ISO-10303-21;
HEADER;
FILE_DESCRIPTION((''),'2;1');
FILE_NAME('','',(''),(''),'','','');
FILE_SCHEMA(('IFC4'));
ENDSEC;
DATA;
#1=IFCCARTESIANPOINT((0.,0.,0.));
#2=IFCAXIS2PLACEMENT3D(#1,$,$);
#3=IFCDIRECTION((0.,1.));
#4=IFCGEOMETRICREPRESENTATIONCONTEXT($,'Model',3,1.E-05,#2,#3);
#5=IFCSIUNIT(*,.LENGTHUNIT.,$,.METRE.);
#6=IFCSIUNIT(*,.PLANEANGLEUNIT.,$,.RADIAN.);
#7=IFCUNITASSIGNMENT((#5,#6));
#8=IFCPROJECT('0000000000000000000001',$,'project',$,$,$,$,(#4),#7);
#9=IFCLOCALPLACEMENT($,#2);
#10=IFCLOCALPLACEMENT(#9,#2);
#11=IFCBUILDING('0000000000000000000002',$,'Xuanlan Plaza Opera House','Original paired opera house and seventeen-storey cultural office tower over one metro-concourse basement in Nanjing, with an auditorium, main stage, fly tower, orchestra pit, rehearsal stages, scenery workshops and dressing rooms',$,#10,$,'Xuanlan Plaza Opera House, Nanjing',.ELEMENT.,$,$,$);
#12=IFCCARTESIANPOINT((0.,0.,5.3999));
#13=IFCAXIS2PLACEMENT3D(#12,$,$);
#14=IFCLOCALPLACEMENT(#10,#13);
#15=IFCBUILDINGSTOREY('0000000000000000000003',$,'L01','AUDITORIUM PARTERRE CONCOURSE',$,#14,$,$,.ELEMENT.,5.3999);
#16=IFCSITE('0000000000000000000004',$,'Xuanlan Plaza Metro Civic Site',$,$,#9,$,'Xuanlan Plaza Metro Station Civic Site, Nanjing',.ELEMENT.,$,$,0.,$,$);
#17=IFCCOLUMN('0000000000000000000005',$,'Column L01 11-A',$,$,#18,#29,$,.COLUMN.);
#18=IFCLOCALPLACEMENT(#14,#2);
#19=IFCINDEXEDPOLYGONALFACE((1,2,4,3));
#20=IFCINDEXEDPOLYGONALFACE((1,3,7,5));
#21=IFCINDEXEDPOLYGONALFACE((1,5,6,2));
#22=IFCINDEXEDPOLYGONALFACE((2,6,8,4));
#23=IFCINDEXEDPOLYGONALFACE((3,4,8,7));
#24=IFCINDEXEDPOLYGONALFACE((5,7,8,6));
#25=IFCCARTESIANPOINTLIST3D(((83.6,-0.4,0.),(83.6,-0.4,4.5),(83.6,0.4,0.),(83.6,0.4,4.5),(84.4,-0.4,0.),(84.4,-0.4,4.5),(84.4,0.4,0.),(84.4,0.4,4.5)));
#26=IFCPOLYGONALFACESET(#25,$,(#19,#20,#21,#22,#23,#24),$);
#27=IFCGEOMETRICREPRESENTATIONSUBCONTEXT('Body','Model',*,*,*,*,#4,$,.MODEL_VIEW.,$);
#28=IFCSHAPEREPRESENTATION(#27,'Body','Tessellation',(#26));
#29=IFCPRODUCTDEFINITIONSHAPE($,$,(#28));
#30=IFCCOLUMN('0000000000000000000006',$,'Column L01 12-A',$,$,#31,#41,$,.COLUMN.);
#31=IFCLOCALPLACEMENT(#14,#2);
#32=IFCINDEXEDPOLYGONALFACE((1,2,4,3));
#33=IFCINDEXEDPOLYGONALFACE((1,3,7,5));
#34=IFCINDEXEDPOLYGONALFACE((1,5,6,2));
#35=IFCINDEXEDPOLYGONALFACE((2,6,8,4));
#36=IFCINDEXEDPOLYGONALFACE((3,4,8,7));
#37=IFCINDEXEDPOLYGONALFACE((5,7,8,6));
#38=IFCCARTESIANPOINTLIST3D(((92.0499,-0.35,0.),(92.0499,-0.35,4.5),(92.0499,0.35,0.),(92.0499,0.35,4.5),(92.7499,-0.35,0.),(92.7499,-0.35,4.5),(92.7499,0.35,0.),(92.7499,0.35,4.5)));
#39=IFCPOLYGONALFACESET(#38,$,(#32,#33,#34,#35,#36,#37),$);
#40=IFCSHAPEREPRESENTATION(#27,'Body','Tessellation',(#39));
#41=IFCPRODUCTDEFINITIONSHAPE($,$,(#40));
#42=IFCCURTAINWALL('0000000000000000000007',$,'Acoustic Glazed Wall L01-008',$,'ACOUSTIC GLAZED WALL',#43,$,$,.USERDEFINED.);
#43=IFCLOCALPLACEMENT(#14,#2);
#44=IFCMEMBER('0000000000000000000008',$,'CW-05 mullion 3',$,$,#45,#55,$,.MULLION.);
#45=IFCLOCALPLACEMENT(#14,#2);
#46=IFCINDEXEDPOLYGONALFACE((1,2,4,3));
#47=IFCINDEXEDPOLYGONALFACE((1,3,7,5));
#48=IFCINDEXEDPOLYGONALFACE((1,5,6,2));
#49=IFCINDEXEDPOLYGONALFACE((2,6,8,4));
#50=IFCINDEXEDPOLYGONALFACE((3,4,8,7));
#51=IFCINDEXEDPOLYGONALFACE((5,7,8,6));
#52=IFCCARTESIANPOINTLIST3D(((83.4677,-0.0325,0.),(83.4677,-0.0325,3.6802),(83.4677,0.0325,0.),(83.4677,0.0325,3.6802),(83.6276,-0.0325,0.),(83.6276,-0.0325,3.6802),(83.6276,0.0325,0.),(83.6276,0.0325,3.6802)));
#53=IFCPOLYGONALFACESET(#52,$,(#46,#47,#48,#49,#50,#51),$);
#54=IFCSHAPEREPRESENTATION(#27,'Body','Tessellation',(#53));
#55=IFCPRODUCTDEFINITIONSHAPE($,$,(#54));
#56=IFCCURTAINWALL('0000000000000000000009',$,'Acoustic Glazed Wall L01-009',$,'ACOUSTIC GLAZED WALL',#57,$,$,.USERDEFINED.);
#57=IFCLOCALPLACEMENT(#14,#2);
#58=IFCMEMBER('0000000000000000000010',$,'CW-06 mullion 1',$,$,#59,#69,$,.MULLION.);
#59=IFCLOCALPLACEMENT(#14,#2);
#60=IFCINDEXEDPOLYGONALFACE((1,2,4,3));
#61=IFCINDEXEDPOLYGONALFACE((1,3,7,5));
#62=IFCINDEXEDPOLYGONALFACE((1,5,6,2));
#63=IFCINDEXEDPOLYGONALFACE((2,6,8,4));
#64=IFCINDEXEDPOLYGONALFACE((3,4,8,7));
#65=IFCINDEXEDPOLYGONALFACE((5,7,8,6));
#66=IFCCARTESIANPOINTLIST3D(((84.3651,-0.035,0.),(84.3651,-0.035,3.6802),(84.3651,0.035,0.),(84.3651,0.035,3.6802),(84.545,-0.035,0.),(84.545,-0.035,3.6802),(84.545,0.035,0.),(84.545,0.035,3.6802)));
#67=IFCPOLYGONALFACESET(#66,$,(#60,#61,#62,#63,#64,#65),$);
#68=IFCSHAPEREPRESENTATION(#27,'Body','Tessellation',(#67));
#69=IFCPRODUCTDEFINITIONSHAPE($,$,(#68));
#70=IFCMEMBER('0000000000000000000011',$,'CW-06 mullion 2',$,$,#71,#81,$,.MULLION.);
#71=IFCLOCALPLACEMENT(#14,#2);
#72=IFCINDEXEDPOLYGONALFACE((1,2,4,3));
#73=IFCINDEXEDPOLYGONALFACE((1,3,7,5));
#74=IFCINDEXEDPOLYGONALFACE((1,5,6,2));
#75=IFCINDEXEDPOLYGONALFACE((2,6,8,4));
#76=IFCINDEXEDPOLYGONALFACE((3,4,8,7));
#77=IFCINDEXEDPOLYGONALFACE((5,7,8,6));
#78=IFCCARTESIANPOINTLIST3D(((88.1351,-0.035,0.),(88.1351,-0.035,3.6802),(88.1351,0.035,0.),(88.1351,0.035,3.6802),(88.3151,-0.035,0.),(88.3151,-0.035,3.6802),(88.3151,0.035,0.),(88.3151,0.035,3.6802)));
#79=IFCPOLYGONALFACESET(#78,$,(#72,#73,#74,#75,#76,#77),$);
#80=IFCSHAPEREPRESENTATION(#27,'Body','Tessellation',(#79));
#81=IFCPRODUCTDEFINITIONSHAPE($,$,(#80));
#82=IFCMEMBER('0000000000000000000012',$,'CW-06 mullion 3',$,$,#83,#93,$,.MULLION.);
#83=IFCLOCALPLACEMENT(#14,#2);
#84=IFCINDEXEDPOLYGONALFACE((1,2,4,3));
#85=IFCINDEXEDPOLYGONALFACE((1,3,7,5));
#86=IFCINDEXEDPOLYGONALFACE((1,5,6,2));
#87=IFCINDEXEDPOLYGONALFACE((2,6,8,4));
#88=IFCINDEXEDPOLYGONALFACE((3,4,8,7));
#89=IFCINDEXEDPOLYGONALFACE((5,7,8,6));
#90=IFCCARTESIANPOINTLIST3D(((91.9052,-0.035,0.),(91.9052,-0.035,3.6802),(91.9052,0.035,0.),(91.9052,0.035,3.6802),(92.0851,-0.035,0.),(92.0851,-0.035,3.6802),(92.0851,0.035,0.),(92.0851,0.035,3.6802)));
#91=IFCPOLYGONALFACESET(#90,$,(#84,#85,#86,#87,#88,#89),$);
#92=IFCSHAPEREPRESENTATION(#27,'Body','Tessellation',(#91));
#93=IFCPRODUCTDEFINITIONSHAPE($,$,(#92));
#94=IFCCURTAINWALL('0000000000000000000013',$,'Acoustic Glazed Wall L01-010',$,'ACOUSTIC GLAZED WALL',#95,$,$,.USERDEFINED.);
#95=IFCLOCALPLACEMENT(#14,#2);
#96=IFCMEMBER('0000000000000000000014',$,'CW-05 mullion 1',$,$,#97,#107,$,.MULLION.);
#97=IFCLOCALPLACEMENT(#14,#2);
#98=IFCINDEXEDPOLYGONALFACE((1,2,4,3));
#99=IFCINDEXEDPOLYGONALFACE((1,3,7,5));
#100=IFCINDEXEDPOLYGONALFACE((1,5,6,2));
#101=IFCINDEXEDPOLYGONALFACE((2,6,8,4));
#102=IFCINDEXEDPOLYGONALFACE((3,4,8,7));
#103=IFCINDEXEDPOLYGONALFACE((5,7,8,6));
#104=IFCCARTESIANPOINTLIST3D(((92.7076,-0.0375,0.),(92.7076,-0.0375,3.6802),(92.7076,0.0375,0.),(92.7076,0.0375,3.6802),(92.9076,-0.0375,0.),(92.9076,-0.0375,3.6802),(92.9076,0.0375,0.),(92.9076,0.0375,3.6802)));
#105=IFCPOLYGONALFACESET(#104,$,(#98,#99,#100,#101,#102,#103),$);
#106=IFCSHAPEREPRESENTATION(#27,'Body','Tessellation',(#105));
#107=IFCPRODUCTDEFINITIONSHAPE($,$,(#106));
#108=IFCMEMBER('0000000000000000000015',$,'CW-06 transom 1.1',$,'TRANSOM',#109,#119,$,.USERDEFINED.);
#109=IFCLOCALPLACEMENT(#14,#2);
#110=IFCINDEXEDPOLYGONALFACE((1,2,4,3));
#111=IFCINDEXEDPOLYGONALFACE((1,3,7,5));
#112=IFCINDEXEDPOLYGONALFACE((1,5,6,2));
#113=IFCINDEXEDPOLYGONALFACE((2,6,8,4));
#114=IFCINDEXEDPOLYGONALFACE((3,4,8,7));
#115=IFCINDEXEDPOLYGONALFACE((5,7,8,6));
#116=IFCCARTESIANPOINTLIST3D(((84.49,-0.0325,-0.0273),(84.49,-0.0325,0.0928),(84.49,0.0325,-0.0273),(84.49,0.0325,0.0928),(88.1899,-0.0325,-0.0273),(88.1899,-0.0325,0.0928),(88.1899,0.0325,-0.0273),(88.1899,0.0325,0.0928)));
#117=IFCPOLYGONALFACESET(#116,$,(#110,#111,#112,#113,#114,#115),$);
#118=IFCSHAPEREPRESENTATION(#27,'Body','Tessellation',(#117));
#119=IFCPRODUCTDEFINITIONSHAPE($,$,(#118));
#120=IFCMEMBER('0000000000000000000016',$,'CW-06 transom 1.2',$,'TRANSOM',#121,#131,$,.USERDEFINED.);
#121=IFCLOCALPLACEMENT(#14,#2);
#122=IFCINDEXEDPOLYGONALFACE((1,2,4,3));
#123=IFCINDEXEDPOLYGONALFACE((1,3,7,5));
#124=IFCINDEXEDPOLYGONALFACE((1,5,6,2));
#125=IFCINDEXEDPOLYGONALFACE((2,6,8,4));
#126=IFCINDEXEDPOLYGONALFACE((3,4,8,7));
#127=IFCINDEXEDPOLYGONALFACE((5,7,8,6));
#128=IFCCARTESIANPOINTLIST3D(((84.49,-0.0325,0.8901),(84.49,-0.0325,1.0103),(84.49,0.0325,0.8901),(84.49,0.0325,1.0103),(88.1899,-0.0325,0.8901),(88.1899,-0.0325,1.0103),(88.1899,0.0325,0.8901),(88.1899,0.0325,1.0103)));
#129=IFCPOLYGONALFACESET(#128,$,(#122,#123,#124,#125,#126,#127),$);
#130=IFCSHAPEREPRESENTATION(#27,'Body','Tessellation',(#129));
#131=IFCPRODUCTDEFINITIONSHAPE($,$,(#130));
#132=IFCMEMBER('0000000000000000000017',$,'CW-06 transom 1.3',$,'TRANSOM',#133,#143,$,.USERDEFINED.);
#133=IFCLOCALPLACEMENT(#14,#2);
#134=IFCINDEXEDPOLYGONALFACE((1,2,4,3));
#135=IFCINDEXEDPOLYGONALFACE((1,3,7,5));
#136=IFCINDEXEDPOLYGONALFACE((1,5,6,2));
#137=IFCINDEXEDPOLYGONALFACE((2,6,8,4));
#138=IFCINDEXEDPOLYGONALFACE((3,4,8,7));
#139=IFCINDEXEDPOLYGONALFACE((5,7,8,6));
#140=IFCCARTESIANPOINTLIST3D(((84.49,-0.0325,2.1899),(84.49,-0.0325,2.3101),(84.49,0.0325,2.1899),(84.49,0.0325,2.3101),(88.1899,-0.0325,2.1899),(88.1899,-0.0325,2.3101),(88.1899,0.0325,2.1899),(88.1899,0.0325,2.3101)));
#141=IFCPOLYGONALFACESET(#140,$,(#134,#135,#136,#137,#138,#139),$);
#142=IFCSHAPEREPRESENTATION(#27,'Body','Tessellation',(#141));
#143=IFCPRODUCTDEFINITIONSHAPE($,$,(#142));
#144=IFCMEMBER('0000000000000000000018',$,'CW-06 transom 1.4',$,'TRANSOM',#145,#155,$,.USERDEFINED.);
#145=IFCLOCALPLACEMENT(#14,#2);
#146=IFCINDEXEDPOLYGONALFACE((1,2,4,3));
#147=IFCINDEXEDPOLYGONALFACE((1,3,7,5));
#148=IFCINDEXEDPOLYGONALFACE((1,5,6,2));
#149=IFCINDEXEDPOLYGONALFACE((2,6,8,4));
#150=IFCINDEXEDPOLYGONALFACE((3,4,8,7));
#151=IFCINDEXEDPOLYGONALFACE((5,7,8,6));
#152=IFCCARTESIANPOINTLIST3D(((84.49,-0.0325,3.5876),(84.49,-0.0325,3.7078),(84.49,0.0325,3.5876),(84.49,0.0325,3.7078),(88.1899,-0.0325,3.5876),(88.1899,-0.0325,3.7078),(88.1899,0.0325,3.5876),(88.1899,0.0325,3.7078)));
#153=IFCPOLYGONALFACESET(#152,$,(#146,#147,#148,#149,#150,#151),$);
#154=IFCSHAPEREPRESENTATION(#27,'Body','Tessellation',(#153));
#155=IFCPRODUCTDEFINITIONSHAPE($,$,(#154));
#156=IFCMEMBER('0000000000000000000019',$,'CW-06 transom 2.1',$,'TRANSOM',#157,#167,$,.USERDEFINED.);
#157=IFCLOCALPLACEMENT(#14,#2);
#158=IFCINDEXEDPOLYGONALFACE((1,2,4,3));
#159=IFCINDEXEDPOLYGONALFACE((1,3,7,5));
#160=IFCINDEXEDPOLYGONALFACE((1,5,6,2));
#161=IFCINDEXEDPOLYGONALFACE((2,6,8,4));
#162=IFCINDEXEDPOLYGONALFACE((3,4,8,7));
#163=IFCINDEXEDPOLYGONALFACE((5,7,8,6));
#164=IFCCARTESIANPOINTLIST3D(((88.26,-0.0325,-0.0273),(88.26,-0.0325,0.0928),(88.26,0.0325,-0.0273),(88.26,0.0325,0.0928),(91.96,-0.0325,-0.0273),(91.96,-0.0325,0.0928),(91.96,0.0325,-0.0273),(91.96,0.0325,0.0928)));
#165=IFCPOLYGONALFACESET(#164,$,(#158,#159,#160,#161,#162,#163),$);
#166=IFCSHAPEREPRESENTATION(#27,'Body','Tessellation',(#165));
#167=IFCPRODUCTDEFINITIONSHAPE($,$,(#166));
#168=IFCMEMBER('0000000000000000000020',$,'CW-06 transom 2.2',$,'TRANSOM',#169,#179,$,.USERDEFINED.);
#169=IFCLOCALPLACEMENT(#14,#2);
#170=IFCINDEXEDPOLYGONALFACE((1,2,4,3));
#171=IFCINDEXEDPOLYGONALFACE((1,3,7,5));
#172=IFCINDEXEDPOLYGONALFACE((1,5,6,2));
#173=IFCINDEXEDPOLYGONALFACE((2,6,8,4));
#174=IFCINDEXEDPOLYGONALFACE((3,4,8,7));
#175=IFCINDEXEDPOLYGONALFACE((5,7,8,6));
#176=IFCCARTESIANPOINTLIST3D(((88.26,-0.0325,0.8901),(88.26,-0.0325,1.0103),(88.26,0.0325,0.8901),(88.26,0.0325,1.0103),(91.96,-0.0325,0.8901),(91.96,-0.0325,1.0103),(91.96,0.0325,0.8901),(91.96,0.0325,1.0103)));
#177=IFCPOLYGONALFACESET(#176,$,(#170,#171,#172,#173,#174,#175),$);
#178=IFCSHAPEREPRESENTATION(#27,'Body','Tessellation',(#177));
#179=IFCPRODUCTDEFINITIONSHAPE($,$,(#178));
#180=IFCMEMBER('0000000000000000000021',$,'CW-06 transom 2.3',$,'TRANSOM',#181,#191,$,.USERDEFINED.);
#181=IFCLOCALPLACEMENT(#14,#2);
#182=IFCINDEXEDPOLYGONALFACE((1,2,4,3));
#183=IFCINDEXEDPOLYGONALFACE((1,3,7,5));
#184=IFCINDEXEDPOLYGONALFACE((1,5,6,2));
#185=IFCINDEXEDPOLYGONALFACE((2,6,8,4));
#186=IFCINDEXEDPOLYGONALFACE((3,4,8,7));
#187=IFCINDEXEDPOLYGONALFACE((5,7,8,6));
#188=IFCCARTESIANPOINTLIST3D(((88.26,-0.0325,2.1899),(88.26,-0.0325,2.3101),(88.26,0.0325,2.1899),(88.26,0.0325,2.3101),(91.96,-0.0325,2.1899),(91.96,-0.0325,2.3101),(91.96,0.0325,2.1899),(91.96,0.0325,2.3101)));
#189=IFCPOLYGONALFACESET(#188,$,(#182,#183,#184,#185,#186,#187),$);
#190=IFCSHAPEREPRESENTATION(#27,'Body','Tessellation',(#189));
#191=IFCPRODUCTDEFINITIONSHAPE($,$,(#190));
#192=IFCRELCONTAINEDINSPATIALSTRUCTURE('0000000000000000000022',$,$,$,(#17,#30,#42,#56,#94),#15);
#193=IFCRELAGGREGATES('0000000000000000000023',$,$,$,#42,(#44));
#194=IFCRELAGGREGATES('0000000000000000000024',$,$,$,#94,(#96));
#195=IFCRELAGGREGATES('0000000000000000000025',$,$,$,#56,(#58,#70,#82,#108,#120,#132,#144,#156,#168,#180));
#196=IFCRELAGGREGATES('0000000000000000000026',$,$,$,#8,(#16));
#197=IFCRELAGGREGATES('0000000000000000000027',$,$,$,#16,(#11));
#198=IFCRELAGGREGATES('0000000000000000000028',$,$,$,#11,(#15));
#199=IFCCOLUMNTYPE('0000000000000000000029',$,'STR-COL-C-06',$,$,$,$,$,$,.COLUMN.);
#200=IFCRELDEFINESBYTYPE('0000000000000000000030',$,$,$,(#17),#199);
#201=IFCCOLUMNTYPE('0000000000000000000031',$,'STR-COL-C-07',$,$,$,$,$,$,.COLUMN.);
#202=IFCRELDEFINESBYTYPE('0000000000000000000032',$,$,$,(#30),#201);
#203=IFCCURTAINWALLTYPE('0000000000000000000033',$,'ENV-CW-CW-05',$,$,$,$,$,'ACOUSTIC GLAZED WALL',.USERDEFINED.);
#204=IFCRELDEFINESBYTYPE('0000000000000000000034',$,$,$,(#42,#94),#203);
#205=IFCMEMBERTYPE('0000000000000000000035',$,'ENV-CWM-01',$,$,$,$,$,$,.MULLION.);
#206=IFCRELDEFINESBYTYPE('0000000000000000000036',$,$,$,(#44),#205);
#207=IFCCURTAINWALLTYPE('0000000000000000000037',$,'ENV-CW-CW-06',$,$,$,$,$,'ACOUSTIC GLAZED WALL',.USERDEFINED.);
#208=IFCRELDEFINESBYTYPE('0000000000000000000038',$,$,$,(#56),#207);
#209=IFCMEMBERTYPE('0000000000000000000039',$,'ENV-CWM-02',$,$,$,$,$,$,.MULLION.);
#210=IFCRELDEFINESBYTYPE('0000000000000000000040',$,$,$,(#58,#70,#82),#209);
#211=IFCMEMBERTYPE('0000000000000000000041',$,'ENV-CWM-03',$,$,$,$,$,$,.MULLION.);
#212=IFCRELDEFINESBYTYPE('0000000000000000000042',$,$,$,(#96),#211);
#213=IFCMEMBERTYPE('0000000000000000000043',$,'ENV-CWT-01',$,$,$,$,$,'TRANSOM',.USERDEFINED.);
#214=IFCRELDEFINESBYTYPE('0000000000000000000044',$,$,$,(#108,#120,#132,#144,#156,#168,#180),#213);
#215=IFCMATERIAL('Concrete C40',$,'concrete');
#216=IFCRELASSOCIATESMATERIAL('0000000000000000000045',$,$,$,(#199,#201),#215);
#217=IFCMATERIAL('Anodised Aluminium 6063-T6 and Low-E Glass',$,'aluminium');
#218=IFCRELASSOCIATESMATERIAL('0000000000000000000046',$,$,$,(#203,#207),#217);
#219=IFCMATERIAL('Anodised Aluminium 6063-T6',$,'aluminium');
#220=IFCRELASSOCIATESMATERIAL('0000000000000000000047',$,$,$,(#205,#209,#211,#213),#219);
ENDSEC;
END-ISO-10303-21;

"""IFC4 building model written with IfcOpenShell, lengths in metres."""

from ifc_helpers import new_model, si_unit, direction, frame, origin, origin_2d, place, context, subcontext, project, spatial, rectangle, extrude, material, material_profile, profile_set, type_object, element, aggregate, save


model = new_model("IFC4")

# Units and contexts
model_context = context("Model", 3, precision=1e-05, world=origin(), true_north=direction((0.0, 1.0)))
body_context = subcontext(model_context, "Body", "Model", "MODEL_VIEW")
ifc_project = project(units=[si_unit("LENGTHUNIT", "METRE"), si_unit("PLANEANGLEUNIT", "RADIAN")], contexts=[model_context])

# Site, building, storey
site_placement = place(None, origin())
site = spatial("IfcSite", under=ifc_project, at=site_placement, Name="Xuanlan Plaza Metro Civic Site", LongName="Xuanlan Plaza Metro Station Civic Site, Nanjing", CompositionType="ELEMENT", RefElevation=0.0)
building_placement = place(site_placement, origin())
building = spatial("IfcBuilding", under=site, at=building_placement, Name="Xuanlan Plaza Opera House", Description="Original paired opera house and seventeen-storey cultural office tower over one metro-concourse basement in Nanjing, with an auditorium, main stage, fly tower, orchestra pit, rehearsal stages, scenery workshops and dressing rooms", LongName="Xuanlan Plaza Opera House, Nanjing", CompositionType="ELEMENT")
storey_placement = place(building_placement, frame((0.0, 0.0, 5.3999)))
storey = spatial("IfcBuildingStorey", under=building, at=storey_placement, Name="L01", Description="AUDITORIUM PARTERRE CONCOURSE", CompositionType="ELEMENT", Elevation=5.3999)

# Columns
ifc_material_1 = material(Name="Concrete C40", Category="concrete")
ifc_material_profile_1 = material_profile(ifc_material_1, rectangle(XDim=0.8, YDim=0.8, at=origin_2d()), Name="RC-COL 800x800")
ifc_profile_set_1 = profile_set([ifc_material_profile_1], Name="Concrete C40")
column_type_1 = type_object("IfcColumnType", Name="STR-COL-C-06", PredefinedType="COLUMN", material=ifc_profile_set_1)
column_1_placement = place(storey_placement, frame((84.0, 0.0, 0.0), z_axis=(0.0, 0.0, 1.0), x_axis=(1.0, 0.0, 0.0)))
element("IfcColumn", 1, at=column_1_placement, inside=storey, type_object=column_type_1, Name="Column L01 11-A", PredefinedType="COLUMN", context=body_context, shape_type="SweptSolid", body=[
    extrude(rectangle(XDim=0.8, YDim=0.8, at=origin_2d()), origin(), (0.0, 0.0, 1.0), 4.5),
])
ifc_material_profile_2 = material_profile(ifc_material_1, rectangle(XDim=0.7, YDim=0.7, at=origin_2d()), Name="RC-COL 700x700")
ifc_profile_set_2 = profile_set([ifc_material_profile_2], Name="Concrete C40")
column_type_2 = type_object("IfcColumnType", Name="STR-COL-C-07", PredefinedType="COLUMN", material=ifc_profile_set_2)
column_2_placement = place(storey_placement, frame((92.3999, 0.0, 0.0), z_axis=(0.0, 0.0, 1.0), x_axis=(1.0, 0.0, 0.0)))
element("IfcColumn", 2, at=column_2_placement, inside=storey, type_object=column_type_2, Name="Column L01 12-A", PredefinedType="COLUMN", context=body_context, shape_type="SweptSolid", body=[
    extrude(rectangle(XDim=0.7, YDim=0.7, at=origin_2d()), origin(), (0.0, 0.0, 1.0), 4.5),
])

# Curtain wall, member
ifc_material_2 = material(Name="Anodised Aluminium 6063-T6 and Low-E Glass", Category="aluminium")
curtain_wall_type_1 = type_object("IfcCurtainWallType", Name="ENV-CW-CW-05", ElementType="ACOUSTIC GLAZED WALL", PredefinedType="USERDEFINED", material=ifc_material_2)
curtain_wall_1_placement = place(storey_placement, origin())
curtain_wall_1 = element("IfcCurtainWall", 3, at=curtain_wall_1_placement, inside=storey, type_object=curtain_wall_type_1, Name="Acoustic Glazed Wall L01-008", ObjectType="ACOUSTIC GLAZED WALL", PredefinedType="USERDEFINED")
ifc_material_3 = material(Name="Anodised Aluminium 6063-T6", Category="aluminium")
ifc_material_profile_3 = material_profile(ifc_material_3, rectangle(XDim=0.0649, YDim=0.1599, at=origin_2d()), Name="ALU-M 65x160")
ifc_profile_set_3 = profile_set([ifc_material_profile_3], Name="Anodised Aluminium 6063-T6")
member_type_1 = type_object("IfcMemberType", Name="ENV-CWM-01", PredefinedType="MULLION", material=ifc_profile_set_3)
member_1_placement = place(storey_placement, frame((83.5476, 0.0, 0.0), z_axis=(0.0, 0.0, 1.0), x_axis=(0.0, 1.0, 0.0)))
member_1 = element("IfcMember", 4, at=member_1_placement, type_object=member_type_1, Name="CW-05 mullion 3", PredefinedType="MULLION", context=body_context, shape_type="SweptSolid", body=[
    extrude(rectangle(XDim=0.0649, YDim=0.1599, at=origin_2d()), origin(), (0.0, 0.0, 1.0), 3.6802),
])
aggregate(curtain_wall_1, [member_1])

# Curtain wall, members
curtain_wall_type_2 = type_object("IfcCurtainWallType", Name="ENV-CW-CW-06", ElementType="ACOUSTIC GLAZED WALL", PredefinedType="USERDEFINED", material=ifc_material_2)
curtain_wall_2_placement = place(storey_placement, origin())
curtain_wall_2 = element("IfcCurtainWall", 5, at=curtain_wall_2_placement, inside=storey, type_object=curtain_wall_type_2, Name="Acoustic Glazed Wall L01-009", ObjectType="ACOUSTIC GLAZED WALL", PredefinedType="USERDEFINED")
ifc_material_profile_4 = material_profile(ifc_material_3, rectangle(XDim=0.0701, YDim=0.1799, at=origin_2d()), Name="ALU-M 70x180")
ifc_profile_set_4 = profile_set([ifc_material_profile_4], Name="Anodised Aluminium 6063-T6")
member_type_2 = type_object("IfcMemberType", Name="ENV-CWM-02", PredefinedType="MULLION", material=ifc_profile_set_4)
member_2_placement = place(storey_placement, frame((84.4551, 0.0, 0.0), z_axis=(0.0, 0.0, 1.0), x_axis=(0.0, 1.0, 0.0)))
member_2 = element("IfcMember", 6, at=member_2_placement, type_object=member_type_2, Name="CW-06 mullion 1", PredefinedType="MULLION", context=body_context, shape_type="SweptSolid", body=[
    extrude(rectangle(XDim=0.0701, YDim=0.1799, at=origin_2d()), origin(), (0.0, 0.0, 1.0), 3.6802),
])
member_3_placement = place(storey_placement, frame((88.2251, 0.0, 0.0), z_axis=(0.0, 0.0, 1.0), x_axis=(0.0, 1.0, 0.0)))
member_3 = element("IfcMember", 7, at=member_3_placement, type_object=member_type_2, Name="CW-06 mullion 2", PredefinedType="MULLION", context=body_context, shape_type="SweptSolid", body=[
    extrude(rectangle(XDim=0.0701, YDim=0.1799, at=origin_2d()), origin(), (0.0, 0.0, 1.0), 3.6802),
])
member_4_placement = place(storey_placement, frame((91.9951, 0.0, 0.0), z_axis=(0.0, 0.0, 1.0), x_axis=(0.0, 1.0, 0.0)))
member_4 = element("IfcMember", 8, at=member_4_placement, type_object=member_type_2, Name="CW-06 mullion 3", PredefinedType="MULLION", context=body_context, shape_type="SweptSolid", body=[
    extrude(rectangle(XDim=0.0701, YDim=0.1799, at=origin_2d()), origin(), (0.0, 0.0, 1.0), 3.6802),
])

# Curtain wall, member
curtain_wall_3_placement = place(storey_placement, origin())
curtain_wall_3 = element("IfcCurtainWall", 9, at=curtain_wall_3_placement, inside=storey, type_object=curtain_wall_type_1, Name="Acoustic Glazed Wall L01-010", ObjectType="ACOUSTIC GLAZED WALL", PredefinedType="USERDEFINED")
ifc_material_profile_5 = material_profile(ifc_material_3, rectangle(XDim=0.075, YDim=0.2, at=origin_2d()), Name="ALU-M 75x200")
ifc_profile_set_5 = profile_set([ifc_material_profile_5], Name="Anodised Aluminium 6063-T6")
member_type_3 = type_object("IfcMemberType", Name="ENV-CWM-03", PredefinedType="MULLION", material=ifc_profile_set_5)
member_5_placement = place(storey_placement, frame((92.8076, 0.0, 0.0), z_axis=(0.0, 0.0, 1.0), x_axis=(0.0, 1.0, 0.0)))
member_5 = element("IfcMember", 10, at=member_5_placement, type_object=member_type_3, Name="CW-05 mullion 1", PredefinedType="MULLION", context=body_context, shape_type="SweptSolid", body=[
    extrude(rectangle(XDim=0.075, YDim=0.2, at=origin_2d()), origin(), (0.0, 0.0, 1.0), 3.6802),
])

# Members
ifc_material_profile_6 = material_profile(ifc_material_3, rectangle(XDim=0.0649, YDim=0.1201, at=origin_2d()), Name="ALU-T 65x120")
ifc_profile_set_6 = profile_set([ifc_material_profile_6], Name="Anodised Aluminium 6063-T6")
member_type_4 = type_object("IfcMemberType", Name="ENV-CWT-01", ElementType="TRANSOM", PredefinedType="USERDEFINED", material=ifc_profile_set_6)
member_6_placement = place(storey_placement, frame((84.49, 0.0, 0.0327), z_axis=(1.0, 0.0, 0.0), x_axis=(0.0, 1.0, 0.0)))
member_6 = element("IfcMember", 11, at=member_6_placement, type_object=member_type_4, Name="CW-06 transom 1.1", ObjectType="TRANSOM", PredefinedType="USERDEFINED", context=body_context, shape_type="SweptSolid", body=[
    extrude(rectangle(XDim=0.0649, YDim=0.1201, at=origin_2d()), origin(), (0.0, 0.0, 1.0), 3.7),
])
member_7_placement = place(storey_placement, frame((84.49, 0.0, 0.9502), z_axis=(1.0, 0.0, 0.0), x_axis=(0.0, 1.0, 0.0)))
member_7 = element("IfcMember", 12, at=member_7_placement, type_object=member_type_4, Name="CW-06 transom 1.2", ObjectType="TRANSOM", PredefinedType="USERDEFINED", context=body_context, shape_type="SweptSolid", body=[
    extrude(rectangle(XDim=0.0649, YDim=0.1201, at=origin_2d()), origin(), (0.0, 0.0, 1.0), 3.7),
])
member_8_placement = place(storey_placement, frame((84.49, 0.0, 2.25), z_axis=(1.0, 0.0, 0.0), x_axis=(0.0, 1.0, 0.0)))
member_8 = element("IfcMember", 13, at=member_8_placement, type_object=member_type_4, Name="CW-06 transom 1.3", ObjectType="TRANSOM", PredefinedType="USERDEFINED", context=body_context, shape_type="SweptSolid", body=[
    extrude(rectangle(XDim=0.0649, YDim=0.1201, at=origin_2d()), origin(), (0.0, 0.0, 1.0), 3.7),
])
member_9_placement = place(storey_placement, frame((84.49, 0.0, 3.6477), z_axis=(1.0, 0.0, 0.0), x_axis=(0.0, 1.0, 0.0)))
member_9 = element("IfcMember", 14, at=member_9_placement, type_object=member_type_4, Name="CW-06 transom 1.4", ObjectType="TRANSOM", PredefinedType="USERDEFINED", context=body_context, shape_type="SweptSolid", body=[
    extrude(rectangle(XDim=0.0649, YDim=0.1201, at=origin_2d()), origin(), (0.0, 0.0, 1.0), 3.7),
])
member_10_placement = place(storey_placement, frame((88.26, 0.0, 0.0327), z_axis=(1.0, 0.0, 0.0), x_axis=(0.0, 1.0, 0.0)))
member_10 = element("IfcMember", 15, at=member_10_placement, type_object=member_type_4, Name="CW-06 transom 2.1", ObjectType="TRANSOM", PredefinedType="USERDEFINED", context=body_context, shape_type="SweptSolid", body=[
    extrude(rectangle(XDim=0.0649, YDim=0.1201, at=origin_2d()), origin(), (0.0, 0.0, 1.0), 3.7),
])
member_11_placement = place(storey_placement, frame((88.26, 0.0, 0.9502), z_axis=(1.0, 0.0, 0.0), x_axis=(0.0, 1.0, 0.0)))
member_11 = element("IfcMember", 16, at=member_11_placement, type_object=member_type_4, Name="CW-06 transom 2.2", ObjectType="TRANSOM", PredefinedType="USERDEFINED", context=body_context, shape_type="SweptSolid", body=[
    extrude(rectangle(XDim=0.0649, YDim=0.1201, at=origin_2d()), origin(), (0.0, 0.0, 1.0), 3.7),
])
member_12_placement = place(storey_placement, frame((88.26, 0.0, 2.25), z_axis=(1.0, 0.0, 0.0), x_axis=(0.0, 1.0, 0.0)))
member_12 = element("IfcMember", 17, at=member_12_placement, type_object=member_type_4, Name="CW-06 transom 2.3", ObjectType="TRANSOM", PredefinedType="USERDEFINED", context=body_context, shape_type="SweptSolid", body=[
    extrude(rectangle(XDim=0.0649, YDim=0.1201, at=origin_2d()), origin(), (0.0, 0.0, 1.0), 3.7),
])

aggregate(curtain_wall_3, [member_5])
aggregate(curtain_wall_2, [member_2, member_3, member_4, member_6, member_7, member_8, member_9, member_10, member_11, member_12])

save(model, "model.ifc")
